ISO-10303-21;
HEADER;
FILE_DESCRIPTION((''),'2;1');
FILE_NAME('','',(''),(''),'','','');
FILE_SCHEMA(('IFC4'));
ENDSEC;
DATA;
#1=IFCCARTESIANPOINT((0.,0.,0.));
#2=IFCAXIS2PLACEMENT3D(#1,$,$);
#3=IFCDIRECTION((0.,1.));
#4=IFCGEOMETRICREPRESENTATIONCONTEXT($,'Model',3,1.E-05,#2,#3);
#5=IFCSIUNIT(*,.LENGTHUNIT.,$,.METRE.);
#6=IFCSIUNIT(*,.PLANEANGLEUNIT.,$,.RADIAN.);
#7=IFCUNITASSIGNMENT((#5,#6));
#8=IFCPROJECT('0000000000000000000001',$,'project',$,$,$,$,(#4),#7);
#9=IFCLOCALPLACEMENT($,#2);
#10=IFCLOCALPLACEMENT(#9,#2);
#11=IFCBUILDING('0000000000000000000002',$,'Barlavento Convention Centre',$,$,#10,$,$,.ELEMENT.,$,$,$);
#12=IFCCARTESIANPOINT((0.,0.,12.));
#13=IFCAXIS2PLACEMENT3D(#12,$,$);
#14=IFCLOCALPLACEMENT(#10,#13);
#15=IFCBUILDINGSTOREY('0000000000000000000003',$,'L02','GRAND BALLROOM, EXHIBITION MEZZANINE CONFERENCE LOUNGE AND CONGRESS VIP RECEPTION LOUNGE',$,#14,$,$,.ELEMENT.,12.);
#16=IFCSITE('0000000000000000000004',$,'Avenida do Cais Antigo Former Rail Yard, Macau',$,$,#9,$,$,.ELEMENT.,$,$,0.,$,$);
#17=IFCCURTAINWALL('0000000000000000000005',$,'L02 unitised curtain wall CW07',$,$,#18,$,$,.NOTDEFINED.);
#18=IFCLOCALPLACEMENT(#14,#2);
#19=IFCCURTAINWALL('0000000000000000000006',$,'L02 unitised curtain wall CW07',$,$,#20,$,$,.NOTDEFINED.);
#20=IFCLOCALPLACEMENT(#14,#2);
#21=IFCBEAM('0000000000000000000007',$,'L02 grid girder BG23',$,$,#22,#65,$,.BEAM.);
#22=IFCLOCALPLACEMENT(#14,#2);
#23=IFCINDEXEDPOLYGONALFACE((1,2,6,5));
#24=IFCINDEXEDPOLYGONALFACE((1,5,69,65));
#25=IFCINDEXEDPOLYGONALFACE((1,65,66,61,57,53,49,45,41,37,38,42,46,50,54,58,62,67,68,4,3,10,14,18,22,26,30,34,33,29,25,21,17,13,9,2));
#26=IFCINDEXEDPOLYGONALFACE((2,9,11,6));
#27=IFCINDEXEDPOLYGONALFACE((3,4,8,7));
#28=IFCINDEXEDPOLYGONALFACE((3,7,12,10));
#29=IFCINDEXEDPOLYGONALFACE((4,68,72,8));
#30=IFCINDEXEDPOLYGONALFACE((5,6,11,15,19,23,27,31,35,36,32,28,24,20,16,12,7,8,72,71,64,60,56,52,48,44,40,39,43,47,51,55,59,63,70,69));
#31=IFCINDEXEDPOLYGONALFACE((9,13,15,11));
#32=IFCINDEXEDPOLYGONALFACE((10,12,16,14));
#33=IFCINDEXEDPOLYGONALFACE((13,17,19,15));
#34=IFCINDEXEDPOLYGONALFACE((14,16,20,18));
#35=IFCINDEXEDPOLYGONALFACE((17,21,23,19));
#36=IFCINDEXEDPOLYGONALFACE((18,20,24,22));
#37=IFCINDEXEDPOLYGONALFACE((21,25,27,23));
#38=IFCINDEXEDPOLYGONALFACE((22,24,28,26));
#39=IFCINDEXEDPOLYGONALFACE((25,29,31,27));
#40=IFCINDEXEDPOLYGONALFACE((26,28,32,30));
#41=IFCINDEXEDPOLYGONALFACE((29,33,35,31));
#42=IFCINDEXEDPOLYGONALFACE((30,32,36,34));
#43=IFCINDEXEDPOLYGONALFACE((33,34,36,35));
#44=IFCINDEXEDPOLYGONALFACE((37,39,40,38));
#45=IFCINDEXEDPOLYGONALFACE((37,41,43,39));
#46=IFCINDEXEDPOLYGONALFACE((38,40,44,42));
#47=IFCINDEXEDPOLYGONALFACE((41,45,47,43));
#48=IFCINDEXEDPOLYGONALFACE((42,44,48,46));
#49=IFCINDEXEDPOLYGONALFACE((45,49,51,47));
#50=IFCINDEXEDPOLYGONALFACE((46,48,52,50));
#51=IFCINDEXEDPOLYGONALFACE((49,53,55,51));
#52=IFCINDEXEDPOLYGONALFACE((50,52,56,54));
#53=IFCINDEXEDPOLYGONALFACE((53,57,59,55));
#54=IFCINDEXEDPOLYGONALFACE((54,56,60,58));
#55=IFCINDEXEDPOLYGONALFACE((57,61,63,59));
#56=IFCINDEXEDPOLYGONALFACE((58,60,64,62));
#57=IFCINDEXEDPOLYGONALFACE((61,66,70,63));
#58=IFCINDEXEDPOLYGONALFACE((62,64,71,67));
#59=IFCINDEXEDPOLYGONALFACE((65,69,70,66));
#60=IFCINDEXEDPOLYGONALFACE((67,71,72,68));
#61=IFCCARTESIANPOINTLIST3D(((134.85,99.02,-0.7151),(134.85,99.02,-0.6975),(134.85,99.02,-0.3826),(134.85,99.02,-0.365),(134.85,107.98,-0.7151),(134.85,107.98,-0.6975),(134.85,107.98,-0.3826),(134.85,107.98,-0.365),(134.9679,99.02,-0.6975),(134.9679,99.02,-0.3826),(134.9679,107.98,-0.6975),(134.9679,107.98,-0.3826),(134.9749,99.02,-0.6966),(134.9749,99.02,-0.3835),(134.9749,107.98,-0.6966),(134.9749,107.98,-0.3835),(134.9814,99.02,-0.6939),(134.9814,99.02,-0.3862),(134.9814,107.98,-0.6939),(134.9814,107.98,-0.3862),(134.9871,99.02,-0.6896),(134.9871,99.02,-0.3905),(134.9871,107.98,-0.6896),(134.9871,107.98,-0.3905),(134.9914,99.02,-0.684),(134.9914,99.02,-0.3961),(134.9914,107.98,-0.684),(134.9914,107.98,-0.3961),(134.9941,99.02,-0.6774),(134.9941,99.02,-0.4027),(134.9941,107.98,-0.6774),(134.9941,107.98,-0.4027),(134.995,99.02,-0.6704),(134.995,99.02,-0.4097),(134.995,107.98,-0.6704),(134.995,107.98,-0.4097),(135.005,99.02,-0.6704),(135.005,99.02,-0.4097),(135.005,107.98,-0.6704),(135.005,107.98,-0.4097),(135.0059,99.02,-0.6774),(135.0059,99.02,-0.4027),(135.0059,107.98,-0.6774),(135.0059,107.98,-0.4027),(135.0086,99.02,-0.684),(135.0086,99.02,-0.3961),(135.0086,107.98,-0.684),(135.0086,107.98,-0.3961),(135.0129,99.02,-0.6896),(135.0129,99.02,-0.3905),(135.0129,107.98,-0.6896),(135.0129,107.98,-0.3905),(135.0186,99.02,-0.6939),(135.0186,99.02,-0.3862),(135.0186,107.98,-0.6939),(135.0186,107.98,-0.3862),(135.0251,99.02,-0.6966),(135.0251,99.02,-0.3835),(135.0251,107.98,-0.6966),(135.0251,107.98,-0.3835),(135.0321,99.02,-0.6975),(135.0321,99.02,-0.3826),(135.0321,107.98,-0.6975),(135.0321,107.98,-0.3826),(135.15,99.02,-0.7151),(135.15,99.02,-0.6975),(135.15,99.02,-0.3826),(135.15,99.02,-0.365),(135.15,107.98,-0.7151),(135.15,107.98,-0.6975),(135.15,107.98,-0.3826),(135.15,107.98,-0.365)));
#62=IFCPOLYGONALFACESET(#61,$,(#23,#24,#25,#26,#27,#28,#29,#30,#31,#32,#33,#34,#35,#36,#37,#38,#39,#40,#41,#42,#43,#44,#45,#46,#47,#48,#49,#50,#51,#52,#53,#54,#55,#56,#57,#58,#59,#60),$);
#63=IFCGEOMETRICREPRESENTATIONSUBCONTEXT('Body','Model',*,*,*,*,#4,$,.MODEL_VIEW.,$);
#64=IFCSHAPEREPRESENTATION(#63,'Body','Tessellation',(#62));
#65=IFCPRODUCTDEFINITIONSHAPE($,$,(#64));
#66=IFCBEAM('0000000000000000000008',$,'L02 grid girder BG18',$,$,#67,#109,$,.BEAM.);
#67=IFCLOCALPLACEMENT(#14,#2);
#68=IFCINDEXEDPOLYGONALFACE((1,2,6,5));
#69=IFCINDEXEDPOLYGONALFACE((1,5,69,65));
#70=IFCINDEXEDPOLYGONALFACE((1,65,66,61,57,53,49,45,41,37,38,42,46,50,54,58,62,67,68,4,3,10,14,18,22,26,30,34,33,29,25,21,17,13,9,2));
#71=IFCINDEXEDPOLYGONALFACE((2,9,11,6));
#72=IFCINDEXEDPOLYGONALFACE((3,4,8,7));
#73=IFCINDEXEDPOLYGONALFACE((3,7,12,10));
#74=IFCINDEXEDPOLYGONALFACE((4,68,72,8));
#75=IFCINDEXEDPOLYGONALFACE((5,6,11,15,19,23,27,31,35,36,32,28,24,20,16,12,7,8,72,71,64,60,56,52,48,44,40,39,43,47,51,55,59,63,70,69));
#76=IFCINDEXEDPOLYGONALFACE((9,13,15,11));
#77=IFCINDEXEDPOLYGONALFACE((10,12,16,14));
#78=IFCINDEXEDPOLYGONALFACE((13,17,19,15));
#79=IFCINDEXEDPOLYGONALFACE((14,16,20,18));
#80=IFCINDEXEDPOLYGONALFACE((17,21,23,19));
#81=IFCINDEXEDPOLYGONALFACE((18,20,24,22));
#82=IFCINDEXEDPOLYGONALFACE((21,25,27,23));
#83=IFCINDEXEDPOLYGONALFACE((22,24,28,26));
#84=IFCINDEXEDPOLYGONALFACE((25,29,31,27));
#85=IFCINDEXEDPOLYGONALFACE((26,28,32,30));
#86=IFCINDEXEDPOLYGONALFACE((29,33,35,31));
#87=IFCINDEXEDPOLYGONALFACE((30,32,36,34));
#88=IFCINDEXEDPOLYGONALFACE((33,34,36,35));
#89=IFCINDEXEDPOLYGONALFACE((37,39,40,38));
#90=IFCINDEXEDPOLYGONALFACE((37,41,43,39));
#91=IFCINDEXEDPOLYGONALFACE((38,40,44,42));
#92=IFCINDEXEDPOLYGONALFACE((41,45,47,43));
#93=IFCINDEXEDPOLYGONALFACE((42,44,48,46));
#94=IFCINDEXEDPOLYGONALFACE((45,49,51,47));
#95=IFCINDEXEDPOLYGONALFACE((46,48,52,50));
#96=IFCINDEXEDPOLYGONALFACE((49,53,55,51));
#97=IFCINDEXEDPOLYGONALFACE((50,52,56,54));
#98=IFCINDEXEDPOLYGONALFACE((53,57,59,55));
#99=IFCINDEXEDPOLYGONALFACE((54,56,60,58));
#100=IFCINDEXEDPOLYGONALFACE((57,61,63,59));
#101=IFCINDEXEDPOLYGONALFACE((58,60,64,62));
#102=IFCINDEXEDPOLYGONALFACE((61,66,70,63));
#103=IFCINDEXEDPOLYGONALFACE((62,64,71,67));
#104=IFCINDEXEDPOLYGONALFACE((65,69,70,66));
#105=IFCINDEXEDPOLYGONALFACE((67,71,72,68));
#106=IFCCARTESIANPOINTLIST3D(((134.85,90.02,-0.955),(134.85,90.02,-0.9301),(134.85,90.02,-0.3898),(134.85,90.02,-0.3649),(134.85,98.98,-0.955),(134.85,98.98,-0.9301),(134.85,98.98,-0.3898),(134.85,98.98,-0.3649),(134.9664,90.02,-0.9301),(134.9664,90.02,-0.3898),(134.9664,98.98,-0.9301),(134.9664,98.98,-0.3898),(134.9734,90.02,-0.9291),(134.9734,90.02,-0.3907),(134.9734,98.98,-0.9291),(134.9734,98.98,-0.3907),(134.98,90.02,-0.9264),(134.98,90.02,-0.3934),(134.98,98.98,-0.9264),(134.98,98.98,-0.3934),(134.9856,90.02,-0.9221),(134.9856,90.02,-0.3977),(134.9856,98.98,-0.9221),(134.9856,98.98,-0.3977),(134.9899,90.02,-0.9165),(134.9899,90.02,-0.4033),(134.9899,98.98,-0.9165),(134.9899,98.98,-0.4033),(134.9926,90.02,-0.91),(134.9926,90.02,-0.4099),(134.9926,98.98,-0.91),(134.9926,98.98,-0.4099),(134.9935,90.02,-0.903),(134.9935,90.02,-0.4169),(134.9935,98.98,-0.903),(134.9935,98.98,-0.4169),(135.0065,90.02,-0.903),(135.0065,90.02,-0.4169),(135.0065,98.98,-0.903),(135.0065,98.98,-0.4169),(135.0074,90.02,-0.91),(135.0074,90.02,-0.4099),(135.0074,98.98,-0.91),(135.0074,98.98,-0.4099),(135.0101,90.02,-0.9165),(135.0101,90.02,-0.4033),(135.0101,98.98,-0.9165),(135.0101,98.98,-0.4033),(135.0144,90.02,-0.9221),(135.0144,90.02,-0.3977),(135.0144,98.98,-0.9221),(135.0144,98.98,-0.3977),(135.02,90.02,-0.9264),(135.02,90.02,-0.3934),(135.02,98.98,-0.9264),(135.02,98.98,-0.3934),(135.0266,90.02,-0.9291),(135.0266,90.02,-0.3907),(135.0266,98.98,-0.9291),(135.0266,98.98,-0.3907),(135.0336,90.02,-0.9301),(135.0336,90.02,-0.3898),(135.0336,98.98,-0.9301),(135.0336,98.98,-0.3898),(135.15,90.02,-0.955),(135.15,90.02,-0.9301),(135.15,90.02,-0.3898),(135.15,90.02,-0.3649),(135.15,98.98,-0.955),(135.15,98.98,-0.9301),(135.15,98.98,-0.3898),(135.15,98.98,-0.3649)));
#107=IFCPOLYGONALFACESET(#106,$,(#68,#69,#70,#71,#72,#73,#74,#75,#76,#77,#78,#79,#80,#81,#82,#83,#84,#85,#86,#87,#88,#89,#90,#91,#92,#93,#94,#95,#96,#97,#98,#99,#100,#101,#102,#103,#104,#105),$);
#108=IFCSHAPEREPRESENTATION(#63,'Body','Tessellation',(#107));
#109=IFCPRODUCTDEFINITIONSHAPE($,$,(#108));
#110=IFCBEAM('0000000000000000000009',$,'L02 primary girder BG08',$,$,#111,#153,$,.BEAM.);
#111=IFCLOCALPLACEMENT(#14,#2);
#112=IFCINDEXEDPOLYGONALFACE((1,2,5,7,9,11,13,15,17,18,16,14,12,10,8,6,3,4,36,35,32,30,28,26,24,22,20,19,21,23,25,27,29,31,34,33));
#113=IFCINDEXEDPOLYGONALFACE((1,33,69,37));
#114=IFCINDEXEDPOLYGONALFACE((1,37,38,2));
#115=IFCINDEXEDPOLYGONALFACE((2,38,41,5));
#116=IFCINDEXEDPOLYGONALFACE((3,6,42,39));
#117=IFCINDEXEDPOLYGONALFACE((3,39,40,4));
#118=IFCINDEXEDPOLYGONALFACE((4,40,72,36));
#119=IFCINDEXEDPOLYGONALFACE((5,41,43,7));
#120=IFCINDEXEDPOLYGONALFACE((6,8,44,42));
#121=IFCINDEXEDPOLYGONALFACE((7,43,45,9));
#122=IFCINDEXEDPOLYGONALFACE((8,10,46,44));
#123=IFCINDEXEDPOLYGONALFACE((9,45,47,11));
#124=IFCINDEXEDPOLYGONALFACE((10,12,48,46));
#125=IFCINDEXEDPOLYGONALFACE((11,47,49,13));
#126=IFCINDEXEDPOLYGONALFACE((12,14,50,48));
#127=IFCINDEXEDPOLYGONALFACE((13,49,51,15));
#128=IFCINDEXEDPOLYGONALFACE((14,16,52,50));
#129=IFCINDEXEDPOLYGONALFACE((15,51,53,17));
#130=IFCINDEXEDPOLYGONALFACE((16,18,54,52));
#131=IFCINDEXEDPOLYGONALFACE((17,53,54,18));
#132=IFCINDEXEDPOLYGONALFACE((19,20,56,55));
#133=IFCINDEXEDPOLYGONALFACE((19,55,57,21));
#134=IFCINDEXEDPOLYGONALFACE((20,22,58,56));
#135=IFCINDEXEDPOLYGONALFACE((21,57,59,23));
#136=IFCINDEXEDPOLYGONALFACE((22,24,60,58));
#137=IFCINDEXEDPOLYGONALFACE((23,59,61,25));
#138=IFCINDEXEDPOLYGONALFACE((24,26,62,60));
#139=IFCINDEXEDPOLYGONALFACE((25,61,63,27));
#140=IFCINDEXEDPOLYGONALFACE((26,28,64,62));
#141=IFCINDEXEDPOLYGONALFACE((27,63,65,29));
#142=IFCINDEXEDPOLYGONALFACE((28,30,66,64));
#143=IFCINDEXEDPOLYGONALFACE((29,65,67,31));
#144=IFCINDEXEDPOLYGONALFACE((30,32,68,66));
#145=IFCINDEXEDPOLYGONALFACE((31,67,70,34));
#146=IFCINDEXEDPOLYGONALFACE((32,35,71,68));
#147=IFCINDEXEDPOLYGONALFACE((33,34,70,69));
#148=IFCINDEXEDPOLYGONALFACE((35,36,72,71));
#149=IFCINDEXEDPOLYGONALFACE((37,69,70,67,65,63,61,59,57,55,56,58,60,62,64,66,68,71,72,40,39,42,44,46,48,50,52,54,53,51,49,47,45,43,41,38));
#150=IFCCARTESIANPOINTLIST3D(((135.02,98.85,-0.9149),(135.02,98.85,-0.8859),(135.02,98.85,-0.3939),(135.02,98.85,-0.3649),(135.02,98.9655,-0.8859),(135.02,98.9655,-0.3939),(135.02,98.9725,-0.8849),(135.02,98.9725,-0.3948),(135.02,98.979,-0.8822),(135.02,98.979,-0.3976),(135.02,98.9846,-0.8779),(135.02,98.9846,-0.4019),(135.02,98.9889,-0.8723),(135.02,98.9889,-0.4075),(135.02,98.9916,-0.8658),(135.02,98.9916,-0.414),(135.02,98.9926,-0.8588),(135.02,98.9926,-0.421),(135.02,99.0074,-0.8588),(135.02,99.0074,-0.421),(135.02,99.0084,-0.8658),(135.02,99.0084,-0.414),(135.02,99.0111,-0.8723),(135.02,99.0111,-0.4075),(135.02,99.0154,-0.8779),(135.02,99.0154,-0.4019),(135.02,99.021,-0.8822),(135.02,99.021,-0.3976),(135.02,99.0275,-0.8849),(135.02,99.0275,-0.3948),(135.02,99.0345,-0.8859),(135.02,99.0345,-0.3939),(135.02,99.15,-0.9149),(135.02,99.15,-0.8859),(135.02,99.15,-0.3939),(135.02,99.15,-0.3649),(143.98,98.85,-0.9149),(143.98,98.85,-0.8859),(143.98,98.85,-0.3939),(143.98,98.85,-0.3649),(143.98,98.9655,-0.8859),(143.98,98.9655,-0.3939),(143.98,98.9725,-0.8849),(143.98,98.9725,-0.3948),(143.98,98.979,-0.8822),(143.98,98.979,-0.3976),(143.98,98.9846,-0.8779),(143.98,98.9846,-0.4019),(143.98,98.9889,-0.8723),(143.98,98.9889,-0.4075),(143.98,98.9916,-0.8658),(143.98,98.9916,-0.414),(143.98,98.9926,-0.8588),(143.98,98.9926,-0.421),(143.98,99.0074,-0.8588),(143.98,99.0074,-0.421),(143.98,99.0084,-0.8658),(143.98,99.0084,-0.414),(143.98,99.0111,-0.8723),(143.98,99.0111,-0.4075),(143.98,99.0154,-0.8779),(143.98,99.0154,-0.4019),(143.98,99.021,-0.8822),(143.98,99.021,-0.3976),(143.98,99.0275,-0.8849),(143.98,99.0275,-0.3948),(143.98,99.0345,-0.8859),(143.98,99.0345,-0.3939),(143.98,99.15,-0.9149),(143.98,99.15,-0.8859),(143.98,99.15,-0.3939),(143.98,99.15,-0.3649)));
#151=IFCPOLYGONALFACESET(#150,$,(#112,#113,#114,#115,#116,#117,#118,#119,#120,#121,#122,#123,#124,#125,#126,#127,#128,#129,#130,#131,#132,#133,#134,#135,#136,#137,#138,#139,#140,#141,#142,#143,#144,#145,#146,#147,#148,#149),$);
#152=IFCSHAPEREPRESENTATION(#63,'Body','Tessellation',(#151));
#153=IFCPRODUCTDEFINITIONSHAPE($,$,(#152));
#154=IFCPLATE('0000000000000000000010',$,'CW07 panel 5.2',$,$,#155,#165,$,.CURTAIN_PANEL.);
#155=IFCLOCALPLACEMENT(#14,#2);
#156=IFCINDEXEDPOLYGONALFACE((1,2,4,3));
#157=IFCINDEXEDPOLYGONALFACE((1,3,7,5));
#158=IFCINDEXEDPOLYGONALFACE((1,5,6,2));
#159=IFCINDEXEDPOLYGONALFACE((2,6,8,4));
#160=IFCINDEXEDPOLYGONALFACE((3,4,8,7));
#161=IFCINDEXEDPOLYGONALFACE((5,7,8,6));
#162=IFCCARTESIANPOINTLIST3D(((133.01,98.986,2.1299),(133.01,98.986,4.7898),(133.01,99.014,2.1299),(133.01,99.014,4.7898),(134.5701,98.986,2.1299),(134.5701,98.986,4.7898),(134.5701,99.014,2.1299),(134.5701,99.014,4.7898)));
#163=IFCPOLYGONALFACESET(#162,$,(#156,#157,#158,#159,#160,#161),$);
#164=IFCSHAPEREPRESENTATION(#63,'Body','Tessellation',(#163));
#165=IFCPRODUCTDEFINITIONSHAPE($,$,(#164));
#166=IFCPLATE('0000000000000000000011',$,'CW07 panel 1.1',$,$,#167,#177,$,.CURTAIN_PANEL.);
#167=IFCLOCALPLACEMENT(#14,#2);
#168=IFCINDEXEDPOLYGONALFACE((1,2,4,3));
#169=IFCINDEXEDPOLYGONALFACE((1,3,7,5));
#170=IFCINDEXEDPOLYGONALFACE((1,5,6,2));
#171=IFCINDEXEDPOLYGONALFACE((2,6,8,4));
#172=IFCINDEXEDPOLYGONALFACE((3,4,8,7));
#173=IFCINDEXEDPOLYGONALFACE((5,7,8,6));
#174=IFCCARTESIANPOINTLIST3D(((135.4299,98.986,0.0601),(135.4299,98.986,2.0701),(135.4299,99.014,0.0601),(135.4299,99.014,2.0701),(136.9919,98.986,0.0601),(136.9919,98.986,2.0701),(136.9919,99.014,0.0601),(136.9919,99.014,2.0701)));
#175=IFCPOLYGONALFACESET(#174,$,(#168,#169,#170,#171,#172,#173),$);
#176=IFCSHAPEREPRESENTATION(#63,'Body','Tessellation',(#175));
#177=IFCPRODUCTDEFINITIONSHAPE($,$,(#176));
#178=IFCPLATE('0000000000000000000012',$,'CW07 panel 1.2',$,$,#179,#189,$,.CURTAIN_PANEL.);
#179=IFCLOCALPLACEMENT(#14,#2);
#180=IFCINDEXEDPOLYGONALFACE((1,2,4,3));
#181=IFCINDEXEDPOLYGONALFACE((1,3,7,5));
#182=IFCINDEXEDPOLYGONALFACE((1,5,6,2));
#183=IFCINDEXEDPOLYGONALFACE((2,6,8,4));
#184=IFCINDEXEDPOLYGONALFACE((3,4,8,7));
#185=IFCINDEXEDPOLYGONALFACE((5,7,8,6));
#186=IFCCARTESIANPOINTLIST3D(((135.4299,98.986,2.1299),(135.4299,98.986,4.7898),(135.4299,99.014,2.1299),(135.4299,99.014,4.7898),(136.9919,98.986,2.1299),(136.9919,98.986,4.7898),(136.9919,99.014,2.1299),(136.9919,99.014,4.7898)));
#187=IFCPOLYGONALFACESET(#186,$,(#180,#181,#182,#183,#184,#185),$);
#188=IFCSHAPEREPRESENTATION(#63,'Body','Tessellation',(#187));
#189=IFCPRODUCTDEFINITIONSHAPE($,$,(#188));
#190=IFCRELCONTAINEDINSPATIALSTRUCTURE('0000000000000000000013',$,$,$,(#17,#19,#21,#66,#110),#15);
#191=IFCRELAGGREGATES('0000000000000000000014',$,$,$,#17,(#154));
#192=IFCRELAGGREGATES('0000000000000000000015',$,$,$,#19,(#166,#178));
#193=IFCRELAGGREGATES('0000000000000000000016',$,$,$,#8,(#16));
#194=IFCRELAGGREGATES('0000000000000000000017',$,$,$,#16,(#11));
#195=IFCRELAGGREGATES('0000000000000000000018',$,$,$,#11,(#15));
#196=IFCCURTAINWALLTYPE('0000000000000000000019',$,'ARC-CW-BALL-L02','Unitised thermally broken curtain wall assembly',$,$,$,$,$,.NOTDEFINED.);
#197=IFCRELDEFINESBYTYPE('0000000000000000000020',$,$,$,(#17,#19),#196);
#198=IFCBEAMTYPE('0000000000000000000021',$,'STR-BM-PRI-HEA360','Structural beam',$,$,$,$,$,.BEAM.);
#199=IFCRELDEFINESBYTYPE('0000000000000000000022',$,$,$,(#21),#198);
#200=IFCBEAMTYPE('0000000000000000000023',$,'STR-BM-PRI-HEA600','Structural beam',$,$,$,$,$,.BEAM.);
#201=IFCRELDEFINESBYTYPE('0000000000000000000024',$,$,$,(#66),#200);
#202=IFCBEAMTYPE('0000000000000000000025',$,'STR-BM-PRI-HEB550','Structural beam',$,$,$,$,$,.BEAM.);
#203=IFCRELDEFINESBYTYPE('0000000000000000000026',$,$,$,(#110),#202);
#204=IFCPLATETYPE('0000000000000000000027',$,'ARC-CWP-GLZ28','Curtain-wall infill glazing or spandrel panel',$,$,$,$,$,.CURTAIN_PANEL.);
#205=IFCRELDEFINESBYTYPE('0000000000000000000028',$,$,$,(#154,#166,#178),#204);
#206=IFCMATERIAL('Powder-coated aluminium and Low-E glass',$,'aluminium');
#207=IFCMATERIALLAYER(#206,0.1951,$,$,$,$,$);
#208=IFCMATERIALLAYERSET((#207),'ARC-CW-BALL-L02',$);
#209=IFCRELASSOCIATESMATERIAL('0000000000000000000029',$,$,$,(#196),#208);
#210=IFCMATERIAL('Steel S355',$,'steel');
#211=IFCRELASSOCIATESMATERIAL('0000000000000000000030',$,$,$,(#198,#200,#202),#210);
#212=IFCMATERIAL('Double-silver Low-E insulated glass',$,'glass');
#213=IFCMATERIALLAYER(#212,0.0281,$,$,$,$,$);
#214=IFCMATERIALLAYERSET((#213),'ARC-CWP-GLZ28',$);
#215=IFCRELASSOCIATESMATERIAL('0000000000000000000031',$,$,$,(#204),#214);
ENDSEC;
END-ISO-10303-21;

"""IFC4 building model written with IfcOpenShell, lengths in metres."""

from ifc_helpers import new_model, si_unit, direction, frame, origin, origin_2d, place, context, subcontext, project, spatial, rectangle, i_section, extrude, material, layer, layer_set, material_profile, profile_set, type_object, element, aggregate, save


model = new_model("IFC4")

# Units and contexts
model_context = context("Model", 3, precision=1e-05, world=origin(), true_north=direction((0.0, 1.0)))
body_context = subcontext(model_context, "Body", "Model", "MODEL_VIEW")
ifc_project = project(units=[si_unit("LENGTHUNIT", "METRE"), si_unit("PLANEANGLEUNIT", "RADIAN")], contexts=[model_context])

# Site, building, storey
site_placement = place(None, origin())
site = spatial("IfcSite", under=ifc_project, at=site_placement, Name="Avenida do Cais Antigo Former Rail Yard, Macau", CompositionType="ELEMENT", RefElevation=0.0)
building_placement = place(site_placement, origin())
building = spatial("IfcBuilding", under=site, at=building_placement, Name="Barlavento Convention Centre", CompositionType="ELEMENT")
storey_placement = place(building_placement, frame((0.0, 0.0, 12.0)))
storey = spatial("IfcBuildingStorey", under=building, at=storey_placement, Name="L02", Description="GRAND BALLROOM, EXHIBITION MEZZANINE CONFERENCE LOUNGE AND CONGRESS VIP RECEPTION LOUNGE", CompositionType="ELEMENT", Elevation=12.0)

# Shared definitions
ifc_material_1 = material(Name="Steel S355", Category="steel")

# Curtain wall
ifc_material_2 = material(Name="Powder-coated aluminium and Low-E glass", Category="aluminium")
ifc_layer_1 = layer(ifc_material_2, 0.1951)
ifc_layer_set_1 = layer_set([ifc_layer_1], Name="ARC-CW-BALL-L02")
curtain_wall_type = type_object("IfcCurtainWallType", Name="ARC-CW-BALL-L02", Description="Unitised thermally broken curtain wall assembly", PredefinedType="NOTDEFINED", material=ifc_layer_set_1)
curtain_wall_1_placement = place(storey_placement, origin())
curtain_wall_1 = element("IfcCurtainWall", 1, at=curtain_wall_1_placement, inside=storey, type_object=curtain_wall_type, Name="L02 unitised curtain wall CW07", PredefinedType="NOTDEFINED")

# Curtain wall
curtain_wall_2_placement = place(storey_placement, origin())
curtain_wall_2 = element("IfcCurtainWall", 2, at=curtain_wall_2_placement, inside=storey, type_object=curtain_wall_type, Name="L02 unitised curtain wall CW07", PredefinedType="NOTDEFINED")

# Beams
ifc_material_profile_1 = material_profile(ifc_material_1, i_section(OverallWidth=0.3, OverallDepth=0.3501, WebThickness=0.01, FlangeThickness=0.0176, FilletRadius=0.0271, at=origin_2d()), Name="HEA 360")
ifc_profile_set_1 = profile_set([ifc_material_profile_1], Name="Steel S355")
beam_type_1 = type_object("IfcBeamType", Name="STR-BM-PRI-HEA360", Description="Structural beam", PredefinedType="BEAM", material=ifc_profile_set_1)
beam_1_placement = place(storey_placement, frame((135.0, 99.02, -0.54), z_axis=(0.0, 1.0, 0.0), x_axis=(-1.0, 0.0, 0.0)))
element("IfcBeam", 3, at=beam_1_placement, inside=storey, type_object=beam_type_1, Name="L02 grid girder BG23", PredefinedType="BEAM", context=body_context, shape_type="SweptSolid", body=[
    extrude(i_section(OverallWidth=0.3, OverallDepth=0.3501, WebThickness=0.01, FlangeThickness=0.0176, FilletRadius=0.0271, at=origin_2d()), origin(), (0.0, 0.0, 1.0), 8.96),
])
ifc_material_profile_2 = material_profile(ifc_material_1, i_section(OverallWidth=0.3, OverallDepth=0.5901, WebThickness=0.0129, FlangeThickness=0.0249, FilletRadius=0.0271, at=origin_2d()), Name="HEA 600")
ifc_profile_set_2 = profile_set([ifc_material_profile_2], Name="Steel S355")
beam_type_2 = type_object("IfcBeamType", Name="STR-BM-PRI-HEA600", Description="Structural beam", PredefinedType="BEAM", material=ifc_profile_set_2)
beam_2_placement = place(storey_placement, frame((135.0, 90.02, -0.6599), z_axis=(0.0, 1.0, 0.0), x_axis=(-1.0, 0.0, 0.0)))
element("IfcBeam", 4, at=beam_2_placement, inside=storey, type_object=beam_type_2, Name="L02 grid girder BG18", PredefinedType="BEAM", context=body_context, shape_type="SweptSolid", body=[
    extrude(i_section(OverallWidth=0.3, OverallDepth=0.5901, WebThickness=0.0129, FlangeThickness=0.0249, FilletRadius=0.0271, at=origin_2d()), origin(), (0.0, 0.0, 1.0), 8.96),
])
ifc_material_profile_3 = material_profile(ifc_material_1, i_section(OverallWidth=0.3, OverallDepth=0.55, WebThickness=0.0149, FlangeThickness=0.0291, FilletRadius=0.0271, at=origin_2d()), Name="HEB 550")
ifc_profile_set_3 = profile_set([ifc_material_profile_3], Name="Steel S355")
beam_type_3 = type_object("IfcBeamType", Name="STR-BM-PRI-HEB550", Description="Structural beam", PredefinedType="BEAM", material=ifc_profile_set_3)
beam_3_placement = place(storey_placement, frame((135.02, 99.0, -0.6399), z_axis=(1.0, 0.0, 0.0), x_axis=(0.0, 1.0, 0.0)))
element("IfcBeam", 5, at=beam_3_placement, inside=storey, type_object=beam_type_3, Name="L02 primary girder BG08", PredefinedType="BEAM", context=body_context, shape_type="SweptSolid", body=[
    extrude(i_section(OverallWidth=0.3, OverallDepth=0.55, WebThickness=0.0149, FlangeThickness=0.0291, FilletRadius=0.0271, at=origin_2d()), origin(), (0.0, 0.0, 1.0), 8.96),
])

# Plates
ifc_material_3 = material(Name="Double-silver Low-E insulated glass", Category="glass")
ifc_layer_2 = layer(ifc_material_3, 0.0281)
ifc_layer_set_2 = layer_set([ifc_layer_2], Name="ARC-CWP-GLZ28")
plate_type = type_object("IfcPlateType", Name="ARC-CWP-GLZ28", Description="Curtain-wall infill glazing or spandrel panel", PredefinedType="CURTAIN_PANEL", material=ifc_layer_set_2)
plate_1_placement = place(storey_placement, frame((133.79, 99.0, 2.1299), z_axis=(0.0, 0.0, 1.0), x_axis=(1.0, 0.0, 0.0)))
plate_1 = element("IfcPlate", 6, at=plate_1_placement, type_object=plate_type, Name="CW07 panel 5.2", PredefinedType="CURTAIN_PANEL", context=body_context, shape_type="SweptSolid", body=[
    extrude(rectangle(XDim=1.5601, YDim=0.0281, at=origin_2d()), origin(), (0.0, 0.0, 1.0), 2.6599),
])
aggregate(curtain_wall_1, [plate_1])
plate_2_placement = place(storey_placement, frame((136.2109, 99.0, 0.0601), z_axis=(0.0, 0.0, 1.0), x_axis=(1.0, 0.0, 0.0)))
plate_2 = element("IfcPlate", 7, at=plate_2_placement, type_object=plate_type, Name="CW07 panel 1.1", PredefinedType="CURTAIN_PANEL", context=body_context, shape_type="SweptSolid", body=[
    extrude(rectangle(XDim=1.562, YDim=0.0281, at=origin_2d()), origin(), (0.0, 0.0, 1.0), 2.01),
])
plate_3_placement = place(storey_placement, frame((136.2109, 99.0, 2.1299), z_axis=(0.0, 0.0, 1.0), x_axis=(1.0, 0.0, 0.0)))
plate_3 = element("IfcPlate", 8, at=plate_3_placement, type_object=plate_type, Name="CW07 panel 1.2", PredefinedType="CURTAIN_PANEL", context=body_context, shape_type="SweptSolid", body=[
    extrude(rectangle(XDim=1.562, YDim=0.0281, at=origin_2d()), origin(), (0.0, 0.0, 1.0), 2.6599),
])
aggregate(curtain_wall_2, [plate_2, plate_3])

save(model, "model.ifc")
